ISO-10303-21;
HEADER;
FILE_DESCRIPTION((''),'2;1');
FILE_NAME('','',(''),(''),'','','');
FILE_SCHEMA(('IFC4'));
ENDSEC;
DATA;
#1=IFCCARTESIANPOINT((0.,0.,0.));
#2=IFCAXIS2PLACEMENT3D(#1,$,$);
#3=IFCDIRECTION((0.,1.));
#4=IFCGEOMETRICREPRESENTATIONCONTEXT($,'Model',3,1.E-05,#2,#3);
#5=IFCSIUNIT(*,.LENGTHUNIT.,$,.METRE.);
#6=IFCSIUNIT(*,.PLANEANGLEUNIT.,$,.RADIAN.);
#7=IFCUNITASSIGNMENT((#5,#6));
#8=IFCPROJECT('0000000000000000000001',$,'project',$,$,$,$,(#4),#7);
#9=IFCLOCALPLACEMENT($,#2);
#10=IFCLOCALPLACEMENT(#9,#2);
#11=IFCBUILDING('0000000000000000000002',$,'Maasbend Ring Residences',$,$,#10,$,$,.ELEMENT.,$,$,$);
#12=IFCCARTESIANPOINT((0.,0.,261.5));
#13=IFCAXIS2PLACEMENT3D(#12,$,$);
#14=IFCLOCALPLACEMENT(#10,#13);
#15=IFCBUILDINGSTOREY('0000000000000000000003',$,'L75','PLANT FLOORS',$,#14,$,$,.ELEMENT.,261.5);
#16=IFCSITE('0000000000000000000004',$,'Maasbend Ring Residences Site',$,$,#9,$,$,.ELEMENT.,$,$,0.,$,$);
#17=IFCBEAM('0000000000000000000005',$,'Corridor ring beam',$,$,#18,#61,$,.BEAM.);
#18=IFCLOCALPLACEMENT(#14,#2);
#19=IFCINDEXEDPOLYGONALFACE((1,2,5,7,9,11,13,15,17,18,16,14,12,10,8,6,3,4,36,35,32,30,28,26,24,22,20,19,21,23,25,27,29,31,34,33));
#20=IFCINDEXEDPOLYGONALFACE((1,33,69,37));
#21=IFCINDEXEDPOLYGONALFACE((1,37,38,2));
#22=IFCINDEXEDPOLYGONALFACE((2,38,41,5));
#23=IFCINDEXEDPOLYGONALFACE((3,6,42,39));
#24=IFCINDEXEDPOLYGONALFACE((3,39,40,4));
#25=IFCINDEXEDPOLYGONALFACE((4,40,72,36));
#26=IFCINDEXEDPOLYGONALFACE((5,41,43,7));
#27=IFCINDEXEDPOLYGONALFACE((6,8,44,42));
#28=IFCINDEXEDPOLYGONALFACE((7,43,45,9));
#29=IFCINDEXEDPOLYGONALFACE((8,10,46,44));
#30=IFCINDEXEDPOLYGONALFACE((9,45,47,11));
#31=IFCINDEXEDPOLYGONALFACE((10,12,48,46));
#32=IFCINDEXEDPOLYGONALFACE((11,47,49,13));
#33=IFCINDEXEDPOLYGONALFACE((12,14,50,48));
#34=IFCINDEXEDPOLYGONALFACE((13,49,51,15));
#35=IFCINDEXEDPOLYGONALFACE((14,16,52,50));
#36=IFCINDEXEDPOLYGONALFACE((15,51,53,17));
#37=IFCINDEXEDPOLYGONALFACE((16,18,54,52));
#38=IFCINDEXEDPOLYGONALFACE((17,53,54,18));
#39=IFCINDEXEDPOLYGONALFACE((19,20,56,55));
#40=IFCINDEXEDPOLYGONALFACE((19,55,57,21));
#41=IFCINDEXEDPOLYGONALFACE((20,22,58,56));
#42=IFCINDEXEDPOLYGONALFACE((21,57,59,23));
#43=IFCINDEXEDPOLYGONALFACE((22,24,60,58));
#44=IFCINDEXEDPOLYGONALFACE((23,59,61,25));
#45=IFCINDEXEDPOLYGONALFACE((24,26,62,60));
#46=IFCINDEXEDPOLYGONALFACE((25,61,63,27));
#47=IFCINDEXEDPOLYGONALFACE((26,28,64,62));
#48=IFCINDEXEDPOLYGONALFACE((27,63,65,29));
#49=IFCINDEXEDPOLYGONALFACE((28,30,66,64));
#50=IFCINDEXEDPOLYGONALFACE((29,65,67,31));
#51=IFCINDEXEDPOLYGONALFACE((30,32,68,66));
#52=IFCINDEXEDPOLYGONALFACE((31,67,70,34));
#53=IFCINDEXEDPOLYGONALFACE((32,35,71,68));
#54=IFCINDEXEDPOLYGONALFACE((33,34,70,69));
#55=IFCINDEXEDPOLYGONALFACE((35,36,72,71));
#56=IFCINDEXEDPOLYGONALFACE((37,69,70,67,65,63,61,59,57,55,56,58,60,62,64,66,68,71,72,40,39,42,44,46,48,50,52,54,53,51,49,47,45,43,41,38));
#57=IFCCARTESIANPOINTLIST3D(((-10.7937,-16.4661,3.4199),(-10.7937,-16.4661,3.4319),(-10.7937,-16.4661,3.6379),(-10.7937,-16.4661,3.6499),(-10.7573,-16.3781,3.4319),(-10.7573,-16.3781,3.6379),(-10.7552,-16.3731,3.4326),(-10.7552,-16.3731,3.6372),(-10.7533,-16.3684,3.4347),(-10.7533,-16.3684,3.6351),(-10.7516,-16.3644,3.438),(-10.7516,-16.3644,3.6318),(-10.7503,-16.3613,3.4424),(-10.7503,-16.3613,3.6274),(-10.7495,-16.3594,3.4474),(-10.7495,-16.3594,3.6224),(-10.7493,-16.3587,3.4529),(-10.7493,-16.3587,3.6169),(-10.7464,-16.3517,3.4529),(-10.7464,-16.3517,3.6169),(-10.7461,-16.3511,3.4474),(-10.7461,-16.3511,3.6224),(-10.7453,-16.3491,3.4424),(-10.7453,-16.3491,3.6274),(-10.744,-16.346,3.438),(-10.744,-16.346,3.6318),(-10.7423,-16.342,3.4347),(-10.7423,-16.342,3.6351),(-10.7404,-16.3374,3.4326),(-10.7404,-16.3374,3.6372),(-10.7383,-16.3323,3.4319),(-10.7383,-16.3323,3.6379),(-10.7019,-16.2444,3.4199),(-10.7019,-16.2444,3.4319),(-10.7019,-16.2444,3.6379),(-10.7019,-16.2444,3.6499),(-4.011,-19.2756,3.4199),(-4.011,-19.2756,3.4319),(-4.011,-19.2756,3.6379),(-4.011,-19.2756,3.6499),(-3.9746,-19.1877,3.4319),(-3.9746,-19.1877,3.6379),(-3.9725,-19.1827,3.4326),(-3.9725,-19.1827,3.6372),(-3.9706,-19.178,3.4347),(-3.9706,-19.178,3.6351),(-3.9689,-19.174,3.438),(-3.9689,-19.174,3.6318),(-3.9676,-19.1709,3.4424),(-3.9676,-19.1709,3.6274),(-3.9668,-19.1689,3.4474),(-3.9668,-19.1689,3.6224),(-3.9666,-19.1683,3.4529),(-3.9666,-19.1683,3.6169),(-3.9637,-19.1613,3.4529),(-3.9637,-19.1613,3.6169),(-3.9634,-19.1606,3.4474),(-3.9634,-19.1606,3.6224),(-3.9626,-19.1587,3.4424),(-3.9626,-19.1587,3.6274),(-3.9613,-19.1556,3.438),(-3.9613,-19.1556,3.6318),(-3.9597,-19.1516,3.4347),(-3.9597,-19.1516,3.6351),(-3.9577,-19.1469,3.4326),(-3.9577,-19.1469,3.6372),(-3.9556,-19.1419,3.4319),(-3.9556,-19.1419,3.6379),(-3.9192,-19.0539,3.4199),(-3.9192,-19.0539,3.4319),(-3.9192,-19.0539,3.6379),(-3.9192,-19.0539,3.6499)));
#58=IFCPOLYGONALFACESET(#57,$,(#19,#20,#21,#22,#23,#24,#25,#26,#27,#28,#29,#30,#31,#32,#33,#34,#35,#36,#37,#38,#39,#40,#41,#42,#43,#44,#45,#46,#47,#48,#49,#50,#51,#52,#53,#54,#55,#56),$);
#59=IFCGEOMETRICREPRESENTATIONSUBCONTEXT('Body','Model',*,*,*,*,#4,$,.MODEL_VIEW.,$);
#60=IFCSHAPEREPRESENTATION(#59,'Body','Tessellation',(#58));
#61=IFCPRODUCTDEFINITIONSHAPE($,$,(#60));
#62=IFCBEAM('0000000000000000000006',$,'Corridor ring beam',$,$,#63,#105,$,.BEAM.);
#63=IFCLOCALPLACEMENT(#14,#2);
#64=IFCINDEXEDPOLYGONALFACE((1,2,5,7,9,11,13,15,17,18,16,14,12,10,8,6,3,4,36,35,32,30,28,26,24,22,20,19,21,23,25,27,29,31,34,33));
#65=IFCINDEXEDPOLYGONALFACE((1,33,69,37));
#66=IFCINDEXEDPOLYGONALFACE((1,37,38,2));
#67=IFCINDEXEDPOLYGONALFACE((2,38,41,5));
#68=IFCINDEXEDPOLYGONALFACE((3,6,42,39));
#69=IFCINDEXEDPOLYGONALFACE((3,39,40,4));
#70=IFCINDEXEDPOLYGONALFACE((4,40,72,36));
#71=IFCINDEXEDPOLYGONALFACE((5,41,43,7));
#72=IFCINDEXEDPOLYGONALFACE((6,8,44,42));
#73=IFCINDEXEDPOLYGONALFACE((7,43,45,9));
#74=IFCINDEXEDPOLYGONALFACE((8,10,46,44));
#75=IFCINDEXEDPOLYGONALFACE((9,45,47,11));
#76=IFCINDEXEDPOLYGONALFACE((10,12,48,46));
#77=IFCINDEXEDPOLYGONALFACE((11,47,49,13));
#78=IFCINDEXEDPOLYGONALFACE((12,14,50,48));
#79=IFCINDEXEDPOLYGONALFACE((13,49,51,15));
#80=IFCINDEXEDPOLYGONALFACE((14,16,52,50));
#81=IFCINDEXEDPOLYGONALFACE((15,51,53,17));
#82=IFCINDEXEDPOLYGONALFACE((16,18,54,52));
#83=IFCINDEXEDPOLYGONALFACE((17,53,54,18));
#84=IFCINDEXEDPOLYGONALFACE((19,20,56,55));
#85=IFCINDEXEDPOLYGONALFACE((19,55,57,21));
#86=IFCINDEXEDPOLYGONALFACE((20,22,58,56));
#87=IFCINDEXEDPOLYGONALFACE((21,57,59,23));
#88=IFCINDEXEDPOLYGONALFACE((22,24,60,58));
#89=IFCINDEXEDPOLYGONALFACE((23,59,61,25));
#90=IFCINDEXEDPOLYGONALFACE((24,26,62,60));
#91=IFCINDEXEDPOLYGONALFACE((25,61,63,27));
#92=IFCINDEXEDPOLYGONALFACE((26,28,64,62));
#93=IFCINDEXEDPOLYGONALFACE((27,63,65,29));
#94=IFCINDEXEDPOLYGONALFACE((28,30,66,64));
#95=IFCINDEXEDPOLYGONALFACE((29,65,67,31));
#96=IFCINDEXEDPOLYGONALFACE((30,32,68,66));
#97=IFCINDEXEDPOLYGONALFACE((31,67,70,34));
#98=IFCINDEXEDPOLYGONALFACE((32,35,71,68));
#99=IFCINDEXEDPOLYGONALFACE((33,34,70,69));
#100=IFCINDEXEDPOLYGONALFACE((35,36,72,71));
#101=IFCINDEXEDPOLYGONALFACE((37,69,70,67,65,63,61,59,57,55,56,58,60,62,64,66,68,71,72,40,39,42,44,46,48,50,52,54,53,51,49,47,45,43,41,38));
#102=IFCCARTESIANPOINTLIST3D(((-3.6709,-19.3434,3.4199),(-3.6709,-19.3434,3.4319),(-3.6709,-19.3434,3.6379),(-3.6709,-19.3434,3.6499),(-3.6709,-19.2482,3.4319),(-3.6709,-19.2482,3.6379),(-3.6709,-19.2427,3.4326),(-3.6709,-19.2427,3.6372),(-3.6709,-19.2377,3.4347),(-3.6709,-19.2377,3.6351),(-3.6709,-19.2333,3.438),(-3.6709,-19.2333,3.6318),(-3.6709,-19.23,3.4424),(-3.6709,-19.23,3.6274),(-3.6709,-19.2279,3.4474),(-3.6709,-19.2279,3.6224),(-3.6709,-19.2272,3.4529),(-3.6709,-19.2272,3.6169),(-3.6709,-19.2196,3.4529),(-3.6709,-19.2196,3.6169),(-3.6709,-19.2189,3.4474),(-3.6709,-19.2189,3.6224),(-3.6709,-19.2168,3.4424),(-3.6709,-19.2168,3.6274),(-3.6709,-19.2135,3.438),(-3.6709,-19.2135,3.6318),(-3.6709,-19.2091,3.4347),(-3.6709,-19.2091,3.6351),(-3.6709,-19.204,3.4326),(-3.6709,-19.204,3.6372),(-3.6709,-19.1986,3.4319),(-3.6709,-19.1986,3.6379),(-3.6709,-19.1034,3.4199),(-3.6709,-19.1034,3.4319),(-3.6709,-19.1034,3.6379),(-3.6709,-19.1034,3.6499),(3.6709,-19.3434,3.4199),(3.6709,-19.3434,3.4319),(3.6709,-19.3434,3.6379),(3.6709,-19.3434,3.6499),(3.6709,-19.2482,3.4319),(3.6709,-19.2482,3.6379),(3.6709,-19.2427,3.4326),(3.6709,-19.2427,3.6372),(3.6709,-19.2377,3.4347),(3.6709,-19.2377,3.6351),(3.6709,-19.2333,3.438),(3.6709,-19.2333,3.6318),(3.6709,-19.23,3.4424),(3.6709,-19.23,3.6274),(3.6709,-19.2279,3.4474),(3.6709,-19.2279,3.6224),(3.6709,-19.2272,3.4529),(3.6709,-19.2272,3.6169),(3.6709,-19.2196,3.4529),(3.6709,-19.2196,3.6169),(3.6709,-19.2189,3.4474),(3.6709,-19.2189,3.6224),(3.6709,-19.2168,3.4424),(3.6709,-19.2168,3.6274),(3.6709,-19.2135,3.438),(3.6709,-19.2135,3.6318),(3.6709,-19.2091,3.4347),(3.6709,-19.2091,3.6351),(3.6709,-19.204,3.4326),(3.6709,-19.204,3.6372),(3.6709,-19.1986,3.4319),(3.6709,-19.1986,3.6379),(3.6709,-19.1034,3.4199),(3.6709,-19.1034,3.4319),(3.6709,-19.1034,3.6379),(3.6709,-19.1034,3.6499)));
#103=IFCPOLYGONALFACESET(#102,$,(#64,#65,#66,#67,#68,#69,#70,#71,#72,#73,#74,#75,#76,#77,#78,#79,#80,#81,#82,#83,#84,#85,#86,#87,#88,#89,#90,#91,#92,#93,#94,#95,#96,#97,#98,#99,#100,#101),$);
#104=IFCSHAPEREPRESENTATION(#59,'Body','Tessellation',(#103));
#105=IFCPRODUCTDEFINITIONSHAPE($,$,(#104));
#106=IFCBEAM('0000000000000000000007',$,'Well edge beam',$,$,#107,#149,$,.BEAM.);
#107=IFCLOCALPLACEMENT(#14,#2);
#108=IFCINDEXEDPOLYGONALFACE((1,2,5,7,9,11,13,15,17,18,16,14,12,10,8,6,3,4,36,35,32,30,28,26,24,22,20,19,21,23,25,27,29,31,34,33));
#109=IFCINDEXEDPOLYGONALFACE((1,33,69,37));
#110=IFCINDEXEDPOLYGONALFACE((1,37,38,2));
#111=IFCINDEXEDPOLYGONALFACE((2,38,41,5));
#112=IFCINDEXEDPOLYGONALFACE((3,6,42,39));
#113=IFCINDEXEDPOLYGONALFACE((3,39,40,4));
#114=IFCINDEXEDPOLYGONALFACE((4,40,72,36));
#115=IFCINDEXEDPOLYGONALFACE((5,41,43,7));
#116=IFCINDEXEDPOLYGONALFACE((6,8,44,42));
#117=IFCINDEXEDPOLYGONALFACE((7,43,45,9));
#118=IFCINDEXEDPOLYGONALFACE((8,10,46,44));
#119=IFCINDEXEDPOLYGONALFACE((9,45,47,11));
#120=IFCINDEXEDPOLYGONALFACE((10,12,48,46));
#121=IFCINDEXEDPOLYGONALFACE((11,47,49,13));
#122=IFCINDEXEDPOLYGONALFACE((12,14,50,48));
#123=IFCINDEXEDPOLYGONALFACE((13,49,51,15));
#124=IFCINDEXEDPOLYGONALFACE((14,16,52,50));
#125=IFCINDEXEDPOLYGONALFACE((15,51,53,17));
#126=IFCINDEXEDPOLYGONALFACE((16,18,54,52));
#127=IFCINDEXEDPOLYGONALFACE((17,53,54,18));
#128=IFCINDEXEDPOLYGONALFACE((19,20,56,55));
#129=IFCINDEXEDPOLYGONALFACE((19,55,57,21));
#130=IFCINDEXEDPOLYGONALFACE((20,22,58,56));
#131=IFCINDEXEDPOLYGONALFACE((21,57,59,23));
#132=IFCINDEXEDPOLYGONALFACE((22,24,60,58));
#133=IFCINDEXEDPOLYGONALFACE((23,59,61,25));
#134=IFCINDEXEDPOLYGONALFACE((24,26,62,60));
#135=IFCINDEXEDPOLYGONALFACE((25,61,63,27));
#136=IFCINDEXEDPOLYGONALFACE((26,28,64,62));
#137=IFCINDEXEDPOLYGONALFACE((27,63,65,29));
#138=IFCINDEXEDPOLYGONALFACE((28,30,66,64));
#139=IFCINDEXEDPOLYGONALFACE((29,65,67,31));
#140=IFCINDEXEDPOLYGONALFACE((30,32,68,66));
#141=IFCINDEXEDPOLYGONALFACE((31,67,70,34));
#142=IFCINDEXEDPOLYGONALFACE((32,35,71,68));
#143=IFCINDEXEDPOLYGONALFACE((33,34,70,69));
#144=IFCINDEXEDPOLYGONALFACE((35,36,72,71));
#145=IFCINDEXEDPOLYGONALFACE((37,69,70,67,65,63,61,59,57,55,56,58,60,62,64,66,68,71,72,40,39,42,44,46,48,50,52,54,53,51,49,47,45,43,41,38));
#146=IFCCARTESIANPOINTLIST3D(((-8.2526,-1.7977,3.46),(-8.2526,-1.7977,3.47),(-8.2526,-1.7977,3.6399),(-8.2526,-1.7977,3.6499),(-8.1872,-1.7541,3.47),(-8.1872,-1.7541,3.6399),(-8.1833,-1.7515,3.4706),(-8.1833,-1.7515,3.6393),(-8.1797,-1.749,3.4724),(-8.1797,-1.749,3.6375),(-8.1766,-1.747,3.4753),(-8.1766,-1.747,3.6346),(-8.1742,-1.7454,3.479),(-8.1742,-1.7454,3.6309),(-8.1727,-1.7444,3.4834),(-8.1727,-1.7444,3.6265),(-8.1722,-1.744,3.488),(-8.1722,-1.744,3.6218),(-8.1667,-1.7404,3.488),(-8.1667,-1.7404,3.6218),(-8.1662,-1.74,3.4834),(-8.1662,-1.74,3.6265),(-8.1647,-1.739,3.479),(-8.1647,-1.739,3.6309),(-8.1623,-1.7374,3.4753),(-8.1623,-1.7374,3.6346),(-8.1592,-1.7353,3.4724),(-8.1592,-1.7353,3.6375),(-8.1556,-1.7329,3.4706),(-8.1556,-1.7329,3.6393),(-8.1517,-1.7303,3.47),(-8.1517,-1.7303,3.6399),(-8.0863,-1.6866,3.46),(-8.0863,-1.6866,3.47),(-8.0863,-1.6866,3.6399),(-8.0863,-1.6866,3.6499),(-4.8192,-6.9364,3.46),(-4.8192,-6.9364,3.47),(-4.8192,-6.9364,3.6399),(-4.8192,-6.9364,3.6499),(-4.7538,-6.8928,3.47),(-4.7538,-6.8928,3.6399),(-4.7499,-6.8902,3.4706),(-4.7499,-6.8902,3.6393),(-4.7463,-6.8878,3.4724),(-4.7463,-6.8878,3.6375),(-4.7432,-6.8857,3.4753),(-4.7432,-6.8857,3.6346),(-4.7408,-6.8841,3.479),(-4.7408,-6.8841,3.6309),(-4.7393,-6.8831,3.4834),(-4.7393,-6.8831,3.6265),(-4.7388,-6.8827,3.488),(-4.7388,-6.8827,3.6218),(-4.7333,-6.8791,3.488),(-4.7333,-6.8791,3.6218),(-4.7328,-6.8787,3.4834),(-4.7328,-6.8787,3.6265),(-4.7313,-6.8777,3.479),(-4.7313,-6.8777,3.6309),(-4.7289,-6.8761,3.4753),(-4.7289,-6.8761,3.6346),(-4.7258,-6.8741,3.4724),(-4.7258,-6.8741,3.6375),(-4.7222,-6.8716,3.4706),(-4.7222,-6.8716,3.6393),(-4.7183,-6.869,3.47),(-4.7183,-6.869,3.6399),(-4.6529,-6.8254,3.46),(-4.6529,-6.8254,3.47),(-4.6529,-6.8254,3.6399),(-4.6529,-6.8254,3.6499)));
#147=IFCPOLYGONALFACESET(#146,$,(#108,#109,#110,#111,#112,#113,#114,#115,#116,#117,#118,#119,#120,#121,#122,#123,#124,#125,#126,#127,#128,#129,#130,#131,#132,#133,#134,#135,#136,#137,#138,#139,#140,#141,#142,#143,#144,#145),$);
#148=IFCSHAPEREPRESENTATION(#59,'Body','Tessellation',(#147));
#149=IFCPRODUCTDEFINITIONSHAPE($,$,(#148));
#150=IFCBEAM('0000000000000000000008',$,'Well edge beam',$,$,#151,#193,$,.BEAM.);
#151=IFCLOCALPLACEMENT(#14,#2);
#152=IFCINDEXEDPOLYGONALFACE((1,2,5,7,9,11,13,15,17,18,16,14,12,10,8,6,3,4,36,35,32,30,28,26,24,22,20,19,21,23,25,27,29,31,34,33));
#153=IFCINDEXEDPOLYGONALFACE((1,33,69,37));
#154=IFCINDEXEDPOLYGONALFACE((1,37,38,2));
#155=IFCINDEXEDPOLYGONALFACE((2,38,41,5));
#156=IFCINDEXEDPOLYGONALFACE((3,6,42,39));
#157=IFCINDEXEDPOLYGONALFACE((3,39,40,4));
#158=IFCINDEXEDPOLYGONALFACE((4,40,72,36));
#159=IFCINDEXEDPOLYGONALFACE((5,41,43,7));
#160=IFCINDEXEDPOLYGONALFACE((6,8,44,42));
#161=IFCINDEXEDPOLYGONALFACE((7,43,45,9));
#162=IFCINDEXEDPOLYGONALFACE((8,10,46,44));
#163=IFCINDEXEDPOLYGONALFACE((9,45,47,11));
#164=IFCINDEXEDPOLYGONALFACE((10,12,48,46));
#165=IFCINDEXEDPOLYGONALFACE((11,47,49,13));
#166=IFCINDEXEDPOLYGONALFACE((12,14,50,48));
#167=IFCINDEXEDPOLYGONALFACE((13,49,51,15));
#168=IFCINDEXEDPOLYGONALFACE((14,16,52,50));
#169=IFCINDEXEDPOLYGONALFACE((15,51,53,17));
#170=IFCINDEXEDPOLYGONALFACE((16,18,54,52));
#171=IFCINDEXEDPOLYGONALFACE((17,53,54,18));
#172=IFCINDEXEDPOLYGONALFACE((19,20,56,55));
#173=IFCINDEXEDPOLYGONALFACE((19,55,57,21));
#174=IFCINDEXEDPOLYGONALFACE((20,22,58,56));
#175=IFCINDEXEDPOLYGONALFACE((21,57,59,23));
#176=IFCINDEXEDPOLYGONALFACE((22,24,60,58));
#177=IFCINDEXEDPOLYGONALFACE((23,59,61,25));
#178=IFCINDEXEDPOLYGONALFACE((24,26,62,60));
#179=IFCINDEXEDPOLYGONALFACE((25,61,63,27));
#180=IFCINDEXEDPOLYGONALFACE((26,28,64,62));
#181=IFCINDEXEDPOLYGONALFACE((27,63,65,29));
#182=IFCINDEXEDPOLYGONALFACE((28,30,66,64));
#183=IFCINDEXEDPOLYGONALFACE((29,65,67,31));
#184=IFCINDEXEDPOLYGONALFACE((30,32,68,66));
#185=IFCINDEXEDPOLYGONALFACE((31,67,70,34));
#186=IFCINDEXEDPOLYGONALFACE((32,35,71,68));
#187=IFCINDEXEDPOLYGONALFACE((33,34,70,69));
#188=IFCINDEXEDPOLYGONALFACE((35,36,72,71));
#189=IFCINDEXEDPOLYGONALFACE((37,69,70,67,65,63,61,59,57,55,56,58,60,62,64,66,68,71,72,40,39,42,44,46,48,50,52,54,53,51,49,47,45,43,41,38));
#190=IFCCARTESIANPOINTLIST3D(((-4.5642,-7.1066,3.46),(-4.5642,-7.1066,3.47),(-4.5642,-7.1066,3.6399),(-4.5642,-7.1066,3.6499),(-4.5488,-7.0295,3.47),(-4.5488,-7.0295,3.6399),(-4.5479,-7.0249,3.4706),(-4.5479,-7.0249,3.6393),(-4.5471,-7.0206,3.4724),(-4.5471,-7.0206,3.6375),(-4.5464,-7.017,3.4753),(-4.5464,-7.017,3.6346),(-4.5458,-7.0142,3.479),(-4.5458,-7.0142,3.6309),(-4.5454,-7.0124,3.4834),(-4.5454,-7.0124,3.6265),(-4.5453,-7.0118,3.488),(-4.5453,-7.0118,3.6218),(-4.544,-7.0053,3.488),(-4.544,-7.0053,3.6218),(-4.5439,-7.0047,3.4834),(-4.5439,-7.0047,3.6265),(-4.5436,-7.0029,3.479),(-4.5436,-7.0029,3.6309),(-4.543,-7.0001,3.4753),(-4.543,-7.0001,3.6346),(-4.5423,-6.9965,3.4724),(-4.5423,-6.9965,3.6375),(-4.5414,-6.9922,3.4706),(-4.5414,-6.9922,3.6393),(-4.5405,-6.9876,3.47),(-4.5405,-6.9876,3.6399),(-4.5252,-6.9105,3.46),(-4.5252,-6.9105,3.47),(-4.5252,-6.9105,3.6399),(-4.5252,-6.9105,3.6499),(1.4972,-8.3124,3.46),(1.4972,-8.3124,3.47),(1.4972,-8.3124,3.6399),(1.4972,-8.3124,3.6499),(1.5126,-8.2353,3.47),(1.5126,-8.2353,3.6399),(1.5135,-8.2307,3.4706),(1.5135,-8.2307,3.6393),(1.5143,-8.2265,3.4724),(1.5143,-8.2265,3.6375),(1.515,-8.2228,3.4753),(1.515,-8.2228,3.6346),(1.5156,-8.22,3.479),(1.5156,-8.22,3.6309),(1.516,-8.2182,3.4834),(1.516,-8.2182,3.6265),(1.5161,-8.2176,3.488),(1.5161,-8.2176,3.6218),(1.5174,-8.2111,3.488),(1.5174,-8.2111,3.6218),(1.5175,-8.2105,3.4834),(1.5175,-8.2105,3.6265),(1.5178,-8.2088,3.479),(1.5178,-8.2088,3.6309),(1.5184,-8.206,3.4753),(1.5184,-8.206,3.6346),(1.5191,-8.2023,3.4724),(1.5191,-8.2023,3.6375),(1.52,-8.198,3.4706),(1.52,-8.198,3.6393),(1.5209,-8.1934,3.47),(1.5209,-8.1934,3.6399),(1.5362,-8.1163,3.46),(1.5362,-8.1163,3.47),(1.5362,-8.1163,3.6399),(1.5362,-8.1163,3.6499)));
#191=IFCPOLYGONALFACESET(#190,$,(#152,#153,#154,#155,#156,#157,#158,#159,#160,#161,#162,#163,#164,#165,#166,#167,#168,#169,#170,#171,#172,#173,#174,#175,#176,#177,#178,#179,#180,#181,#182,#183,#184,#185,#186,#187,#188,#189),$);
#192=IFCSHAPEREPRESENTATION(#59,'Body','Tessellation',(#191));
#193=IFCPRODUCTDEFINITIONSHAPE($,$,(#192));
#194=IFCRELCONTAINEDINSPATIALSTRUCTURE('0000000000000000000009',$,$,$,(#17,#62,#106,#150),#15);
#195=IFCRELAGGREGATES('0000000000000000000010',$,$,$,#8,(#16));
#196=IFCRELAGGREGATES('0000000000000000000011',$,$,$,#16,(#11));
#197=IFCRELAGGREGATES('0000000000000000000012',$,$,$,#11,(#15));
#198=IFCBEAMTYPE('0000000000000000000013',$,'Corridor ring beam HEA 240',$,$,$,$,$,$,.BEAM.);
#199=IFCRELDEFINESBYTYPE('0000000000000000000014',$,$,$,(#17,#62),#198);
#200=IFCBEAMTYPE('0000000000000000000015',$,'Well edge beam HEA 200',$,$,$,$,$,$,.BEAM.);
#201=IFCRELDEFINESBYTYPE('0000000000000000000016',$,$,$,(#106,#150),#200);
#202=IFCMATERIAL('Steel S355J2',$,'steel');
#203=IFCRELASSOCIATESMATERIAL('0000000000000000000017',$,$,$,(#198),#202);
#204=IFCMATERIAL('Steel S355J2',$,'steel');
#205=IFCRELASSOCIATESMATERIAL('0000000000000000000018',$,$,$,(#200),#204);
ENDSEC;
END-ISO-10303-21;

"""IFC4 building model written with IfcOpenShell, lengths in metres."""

from ifc_helpers import new_model, si_unit, direction, frame, origin, origin_2d, place, context, subcontext, project, spatial, i_section, extrude, material, material_profile, profile_set, type_object, element, save


model = new_model("IFC4")

# Units and contexts
model_context = context("Model", 3, precision=1e-05, world=origin(), true_north=direction((0.0, 1.0)))
body_context = subcontext(model_context, "Body", "Model", "MODEL_VIEW")
ifc_project = project(units=[si_unit("LENGTHUNIT", "METRE"), si_unit("PLANEANGLEUNIT", "RADIAN")], contexts=[model_context])

# Site, building, storey
site_placement = place(None, origin())
site = spatial("IfcSite", under=ifc_project, at=site_placement, Name="Maasbend Ring Residences Site", CompositionType="ELEMENT", RefElevation=0.0)
building_placement = place(site_placement, origin())
building = spatial("IfcBuilding", under=site, at=building_placement, Name="Maasbend Ring Residences", CompositionType="ELEMENT")
storey_placement = place(building_placement, frame((0.0, 0.0, 261.5)))
storey = spatial("IfcBuildingStorey", under=building, at=storey_placement, Name="L75", Description="PLANT FLOORS", CompositionType="ELEMENT", Elevation=261.5)

# Beams
ifc_material_1 = material(Name="Steel S355J2", Category="steel")
ifc_material_profile_1 = material_profile(ifc_material_1, i_section(OverallWidth=0.24, OverallDepth=0.23, WebThickness=0.0076, FlangeThickness=0.012, FilletRadius=0.021, at=origin_2d()), Name="HEA 240")
ifc_profile_set_1 = profile_set([ifc_material_profile_1], Name="Steel S355J2")
beam_type_1 = type_object("IfcBeamType", Name="Corridor ring beam HEA 240", PredefinedType="BEAM", material=ifc_profile_set_1)
beam_1_placement = place(storey_placement, frame((-10.7478, -16.3552, 3.5349), z_axis=(0.923876, -0.382692, 0.0), x_axis=(0.382692, 0.923876, 0.0)))
element("IfcBeam", 1, at=beam_1_placement, inside=storey, type_object=beam_type_1, Name="Corridor ring beam", PredefinedType="BEAM", context=body_context, shape_type="SweptSolid", body=[
    extrude(i_section(OverallWidth=0.24, OverallDepth=0.23, WebThickness=0.0076, FlangeThickness=0.012, FilletRadius=0.021, at=origin_2d()), origin(), (0.0, 0.0, 1.0), 7.3416),
])
beam_2_placement = place(storey_placement, frame((-3.6709, -19.2234, 3.5349), z_axis=(1.0, 0.0, 0.0), x_axis=(0.0, 1.0, 0.0)))
element("IfcBeam", 2, at=beam_2_placement, inside=storey, type_object=beam_type_1, Name="Corridor ring beam", PredefinedType="BEAM", context=body_context, shape_type="SweptSolid", body=[
    extrude(i_section(OverallWidth=0.24, OverallDepth=0.23, WebThickness=0.0076, FlangeThickness=0.012, FilletRadius=0.021, at=origin_2d()), origin(), (0.0, 0.0, 1.0), 7.3418),
])
ifc_material_2 = material(Name="Steel S355J2", Category="steel")
ifc_material_profile_2 = material_profile(ifc_material_2, i_section(OverallWidth=0.2, OverallDepth=0.1899, WebThickness=0.0066, FlangeThickness=0.01, FilletRadius=0.0181, at=origin_2d()), Name="HEA 200")
ifc_profile_set_2 = profile_set([ifc_material_profile_2], Name="Steel S355J2")
beam_type_2 = type_object("IfcBeamType", Name="Well edge beam HEA 200", PredefinedType="BEAM", material=ifc_profile_set_2)
for number, where, z_axis, x_axis, name in (
    (3, (-8.1694, -1.7422, 3.5549), (0.555548, -0.831485, 0.0), (0.831485, 0.555548, 0.0), "Well edge beam"),
    (4, (-4.5447, -7.0085, 3.5549), (0.980781, -0.195113, 0.0), (0.195113, 0.980781, 0.0), "Well edge beam"),
):
    element("IfcBeam", number, at=place(storey_placement, frame(where, z_axis=z_axis, x_axis=x_axis)), inside=storey, type_object=beam_type_2, Name=name, PredefinedType="BEAM", context=body_context, shape_type="SweptSolid", body=[
        extrude(i_section(OverallWidth=0.2, OverallDepth=0.1899, WebThickness=0.0066, FlangeThickness=0.01, FilletRadius=0.0181, at=origin_2d()), origin(), (0.0, 0.0, 1.0), 6.1802),
    ])

save(model, "model.ifc")
